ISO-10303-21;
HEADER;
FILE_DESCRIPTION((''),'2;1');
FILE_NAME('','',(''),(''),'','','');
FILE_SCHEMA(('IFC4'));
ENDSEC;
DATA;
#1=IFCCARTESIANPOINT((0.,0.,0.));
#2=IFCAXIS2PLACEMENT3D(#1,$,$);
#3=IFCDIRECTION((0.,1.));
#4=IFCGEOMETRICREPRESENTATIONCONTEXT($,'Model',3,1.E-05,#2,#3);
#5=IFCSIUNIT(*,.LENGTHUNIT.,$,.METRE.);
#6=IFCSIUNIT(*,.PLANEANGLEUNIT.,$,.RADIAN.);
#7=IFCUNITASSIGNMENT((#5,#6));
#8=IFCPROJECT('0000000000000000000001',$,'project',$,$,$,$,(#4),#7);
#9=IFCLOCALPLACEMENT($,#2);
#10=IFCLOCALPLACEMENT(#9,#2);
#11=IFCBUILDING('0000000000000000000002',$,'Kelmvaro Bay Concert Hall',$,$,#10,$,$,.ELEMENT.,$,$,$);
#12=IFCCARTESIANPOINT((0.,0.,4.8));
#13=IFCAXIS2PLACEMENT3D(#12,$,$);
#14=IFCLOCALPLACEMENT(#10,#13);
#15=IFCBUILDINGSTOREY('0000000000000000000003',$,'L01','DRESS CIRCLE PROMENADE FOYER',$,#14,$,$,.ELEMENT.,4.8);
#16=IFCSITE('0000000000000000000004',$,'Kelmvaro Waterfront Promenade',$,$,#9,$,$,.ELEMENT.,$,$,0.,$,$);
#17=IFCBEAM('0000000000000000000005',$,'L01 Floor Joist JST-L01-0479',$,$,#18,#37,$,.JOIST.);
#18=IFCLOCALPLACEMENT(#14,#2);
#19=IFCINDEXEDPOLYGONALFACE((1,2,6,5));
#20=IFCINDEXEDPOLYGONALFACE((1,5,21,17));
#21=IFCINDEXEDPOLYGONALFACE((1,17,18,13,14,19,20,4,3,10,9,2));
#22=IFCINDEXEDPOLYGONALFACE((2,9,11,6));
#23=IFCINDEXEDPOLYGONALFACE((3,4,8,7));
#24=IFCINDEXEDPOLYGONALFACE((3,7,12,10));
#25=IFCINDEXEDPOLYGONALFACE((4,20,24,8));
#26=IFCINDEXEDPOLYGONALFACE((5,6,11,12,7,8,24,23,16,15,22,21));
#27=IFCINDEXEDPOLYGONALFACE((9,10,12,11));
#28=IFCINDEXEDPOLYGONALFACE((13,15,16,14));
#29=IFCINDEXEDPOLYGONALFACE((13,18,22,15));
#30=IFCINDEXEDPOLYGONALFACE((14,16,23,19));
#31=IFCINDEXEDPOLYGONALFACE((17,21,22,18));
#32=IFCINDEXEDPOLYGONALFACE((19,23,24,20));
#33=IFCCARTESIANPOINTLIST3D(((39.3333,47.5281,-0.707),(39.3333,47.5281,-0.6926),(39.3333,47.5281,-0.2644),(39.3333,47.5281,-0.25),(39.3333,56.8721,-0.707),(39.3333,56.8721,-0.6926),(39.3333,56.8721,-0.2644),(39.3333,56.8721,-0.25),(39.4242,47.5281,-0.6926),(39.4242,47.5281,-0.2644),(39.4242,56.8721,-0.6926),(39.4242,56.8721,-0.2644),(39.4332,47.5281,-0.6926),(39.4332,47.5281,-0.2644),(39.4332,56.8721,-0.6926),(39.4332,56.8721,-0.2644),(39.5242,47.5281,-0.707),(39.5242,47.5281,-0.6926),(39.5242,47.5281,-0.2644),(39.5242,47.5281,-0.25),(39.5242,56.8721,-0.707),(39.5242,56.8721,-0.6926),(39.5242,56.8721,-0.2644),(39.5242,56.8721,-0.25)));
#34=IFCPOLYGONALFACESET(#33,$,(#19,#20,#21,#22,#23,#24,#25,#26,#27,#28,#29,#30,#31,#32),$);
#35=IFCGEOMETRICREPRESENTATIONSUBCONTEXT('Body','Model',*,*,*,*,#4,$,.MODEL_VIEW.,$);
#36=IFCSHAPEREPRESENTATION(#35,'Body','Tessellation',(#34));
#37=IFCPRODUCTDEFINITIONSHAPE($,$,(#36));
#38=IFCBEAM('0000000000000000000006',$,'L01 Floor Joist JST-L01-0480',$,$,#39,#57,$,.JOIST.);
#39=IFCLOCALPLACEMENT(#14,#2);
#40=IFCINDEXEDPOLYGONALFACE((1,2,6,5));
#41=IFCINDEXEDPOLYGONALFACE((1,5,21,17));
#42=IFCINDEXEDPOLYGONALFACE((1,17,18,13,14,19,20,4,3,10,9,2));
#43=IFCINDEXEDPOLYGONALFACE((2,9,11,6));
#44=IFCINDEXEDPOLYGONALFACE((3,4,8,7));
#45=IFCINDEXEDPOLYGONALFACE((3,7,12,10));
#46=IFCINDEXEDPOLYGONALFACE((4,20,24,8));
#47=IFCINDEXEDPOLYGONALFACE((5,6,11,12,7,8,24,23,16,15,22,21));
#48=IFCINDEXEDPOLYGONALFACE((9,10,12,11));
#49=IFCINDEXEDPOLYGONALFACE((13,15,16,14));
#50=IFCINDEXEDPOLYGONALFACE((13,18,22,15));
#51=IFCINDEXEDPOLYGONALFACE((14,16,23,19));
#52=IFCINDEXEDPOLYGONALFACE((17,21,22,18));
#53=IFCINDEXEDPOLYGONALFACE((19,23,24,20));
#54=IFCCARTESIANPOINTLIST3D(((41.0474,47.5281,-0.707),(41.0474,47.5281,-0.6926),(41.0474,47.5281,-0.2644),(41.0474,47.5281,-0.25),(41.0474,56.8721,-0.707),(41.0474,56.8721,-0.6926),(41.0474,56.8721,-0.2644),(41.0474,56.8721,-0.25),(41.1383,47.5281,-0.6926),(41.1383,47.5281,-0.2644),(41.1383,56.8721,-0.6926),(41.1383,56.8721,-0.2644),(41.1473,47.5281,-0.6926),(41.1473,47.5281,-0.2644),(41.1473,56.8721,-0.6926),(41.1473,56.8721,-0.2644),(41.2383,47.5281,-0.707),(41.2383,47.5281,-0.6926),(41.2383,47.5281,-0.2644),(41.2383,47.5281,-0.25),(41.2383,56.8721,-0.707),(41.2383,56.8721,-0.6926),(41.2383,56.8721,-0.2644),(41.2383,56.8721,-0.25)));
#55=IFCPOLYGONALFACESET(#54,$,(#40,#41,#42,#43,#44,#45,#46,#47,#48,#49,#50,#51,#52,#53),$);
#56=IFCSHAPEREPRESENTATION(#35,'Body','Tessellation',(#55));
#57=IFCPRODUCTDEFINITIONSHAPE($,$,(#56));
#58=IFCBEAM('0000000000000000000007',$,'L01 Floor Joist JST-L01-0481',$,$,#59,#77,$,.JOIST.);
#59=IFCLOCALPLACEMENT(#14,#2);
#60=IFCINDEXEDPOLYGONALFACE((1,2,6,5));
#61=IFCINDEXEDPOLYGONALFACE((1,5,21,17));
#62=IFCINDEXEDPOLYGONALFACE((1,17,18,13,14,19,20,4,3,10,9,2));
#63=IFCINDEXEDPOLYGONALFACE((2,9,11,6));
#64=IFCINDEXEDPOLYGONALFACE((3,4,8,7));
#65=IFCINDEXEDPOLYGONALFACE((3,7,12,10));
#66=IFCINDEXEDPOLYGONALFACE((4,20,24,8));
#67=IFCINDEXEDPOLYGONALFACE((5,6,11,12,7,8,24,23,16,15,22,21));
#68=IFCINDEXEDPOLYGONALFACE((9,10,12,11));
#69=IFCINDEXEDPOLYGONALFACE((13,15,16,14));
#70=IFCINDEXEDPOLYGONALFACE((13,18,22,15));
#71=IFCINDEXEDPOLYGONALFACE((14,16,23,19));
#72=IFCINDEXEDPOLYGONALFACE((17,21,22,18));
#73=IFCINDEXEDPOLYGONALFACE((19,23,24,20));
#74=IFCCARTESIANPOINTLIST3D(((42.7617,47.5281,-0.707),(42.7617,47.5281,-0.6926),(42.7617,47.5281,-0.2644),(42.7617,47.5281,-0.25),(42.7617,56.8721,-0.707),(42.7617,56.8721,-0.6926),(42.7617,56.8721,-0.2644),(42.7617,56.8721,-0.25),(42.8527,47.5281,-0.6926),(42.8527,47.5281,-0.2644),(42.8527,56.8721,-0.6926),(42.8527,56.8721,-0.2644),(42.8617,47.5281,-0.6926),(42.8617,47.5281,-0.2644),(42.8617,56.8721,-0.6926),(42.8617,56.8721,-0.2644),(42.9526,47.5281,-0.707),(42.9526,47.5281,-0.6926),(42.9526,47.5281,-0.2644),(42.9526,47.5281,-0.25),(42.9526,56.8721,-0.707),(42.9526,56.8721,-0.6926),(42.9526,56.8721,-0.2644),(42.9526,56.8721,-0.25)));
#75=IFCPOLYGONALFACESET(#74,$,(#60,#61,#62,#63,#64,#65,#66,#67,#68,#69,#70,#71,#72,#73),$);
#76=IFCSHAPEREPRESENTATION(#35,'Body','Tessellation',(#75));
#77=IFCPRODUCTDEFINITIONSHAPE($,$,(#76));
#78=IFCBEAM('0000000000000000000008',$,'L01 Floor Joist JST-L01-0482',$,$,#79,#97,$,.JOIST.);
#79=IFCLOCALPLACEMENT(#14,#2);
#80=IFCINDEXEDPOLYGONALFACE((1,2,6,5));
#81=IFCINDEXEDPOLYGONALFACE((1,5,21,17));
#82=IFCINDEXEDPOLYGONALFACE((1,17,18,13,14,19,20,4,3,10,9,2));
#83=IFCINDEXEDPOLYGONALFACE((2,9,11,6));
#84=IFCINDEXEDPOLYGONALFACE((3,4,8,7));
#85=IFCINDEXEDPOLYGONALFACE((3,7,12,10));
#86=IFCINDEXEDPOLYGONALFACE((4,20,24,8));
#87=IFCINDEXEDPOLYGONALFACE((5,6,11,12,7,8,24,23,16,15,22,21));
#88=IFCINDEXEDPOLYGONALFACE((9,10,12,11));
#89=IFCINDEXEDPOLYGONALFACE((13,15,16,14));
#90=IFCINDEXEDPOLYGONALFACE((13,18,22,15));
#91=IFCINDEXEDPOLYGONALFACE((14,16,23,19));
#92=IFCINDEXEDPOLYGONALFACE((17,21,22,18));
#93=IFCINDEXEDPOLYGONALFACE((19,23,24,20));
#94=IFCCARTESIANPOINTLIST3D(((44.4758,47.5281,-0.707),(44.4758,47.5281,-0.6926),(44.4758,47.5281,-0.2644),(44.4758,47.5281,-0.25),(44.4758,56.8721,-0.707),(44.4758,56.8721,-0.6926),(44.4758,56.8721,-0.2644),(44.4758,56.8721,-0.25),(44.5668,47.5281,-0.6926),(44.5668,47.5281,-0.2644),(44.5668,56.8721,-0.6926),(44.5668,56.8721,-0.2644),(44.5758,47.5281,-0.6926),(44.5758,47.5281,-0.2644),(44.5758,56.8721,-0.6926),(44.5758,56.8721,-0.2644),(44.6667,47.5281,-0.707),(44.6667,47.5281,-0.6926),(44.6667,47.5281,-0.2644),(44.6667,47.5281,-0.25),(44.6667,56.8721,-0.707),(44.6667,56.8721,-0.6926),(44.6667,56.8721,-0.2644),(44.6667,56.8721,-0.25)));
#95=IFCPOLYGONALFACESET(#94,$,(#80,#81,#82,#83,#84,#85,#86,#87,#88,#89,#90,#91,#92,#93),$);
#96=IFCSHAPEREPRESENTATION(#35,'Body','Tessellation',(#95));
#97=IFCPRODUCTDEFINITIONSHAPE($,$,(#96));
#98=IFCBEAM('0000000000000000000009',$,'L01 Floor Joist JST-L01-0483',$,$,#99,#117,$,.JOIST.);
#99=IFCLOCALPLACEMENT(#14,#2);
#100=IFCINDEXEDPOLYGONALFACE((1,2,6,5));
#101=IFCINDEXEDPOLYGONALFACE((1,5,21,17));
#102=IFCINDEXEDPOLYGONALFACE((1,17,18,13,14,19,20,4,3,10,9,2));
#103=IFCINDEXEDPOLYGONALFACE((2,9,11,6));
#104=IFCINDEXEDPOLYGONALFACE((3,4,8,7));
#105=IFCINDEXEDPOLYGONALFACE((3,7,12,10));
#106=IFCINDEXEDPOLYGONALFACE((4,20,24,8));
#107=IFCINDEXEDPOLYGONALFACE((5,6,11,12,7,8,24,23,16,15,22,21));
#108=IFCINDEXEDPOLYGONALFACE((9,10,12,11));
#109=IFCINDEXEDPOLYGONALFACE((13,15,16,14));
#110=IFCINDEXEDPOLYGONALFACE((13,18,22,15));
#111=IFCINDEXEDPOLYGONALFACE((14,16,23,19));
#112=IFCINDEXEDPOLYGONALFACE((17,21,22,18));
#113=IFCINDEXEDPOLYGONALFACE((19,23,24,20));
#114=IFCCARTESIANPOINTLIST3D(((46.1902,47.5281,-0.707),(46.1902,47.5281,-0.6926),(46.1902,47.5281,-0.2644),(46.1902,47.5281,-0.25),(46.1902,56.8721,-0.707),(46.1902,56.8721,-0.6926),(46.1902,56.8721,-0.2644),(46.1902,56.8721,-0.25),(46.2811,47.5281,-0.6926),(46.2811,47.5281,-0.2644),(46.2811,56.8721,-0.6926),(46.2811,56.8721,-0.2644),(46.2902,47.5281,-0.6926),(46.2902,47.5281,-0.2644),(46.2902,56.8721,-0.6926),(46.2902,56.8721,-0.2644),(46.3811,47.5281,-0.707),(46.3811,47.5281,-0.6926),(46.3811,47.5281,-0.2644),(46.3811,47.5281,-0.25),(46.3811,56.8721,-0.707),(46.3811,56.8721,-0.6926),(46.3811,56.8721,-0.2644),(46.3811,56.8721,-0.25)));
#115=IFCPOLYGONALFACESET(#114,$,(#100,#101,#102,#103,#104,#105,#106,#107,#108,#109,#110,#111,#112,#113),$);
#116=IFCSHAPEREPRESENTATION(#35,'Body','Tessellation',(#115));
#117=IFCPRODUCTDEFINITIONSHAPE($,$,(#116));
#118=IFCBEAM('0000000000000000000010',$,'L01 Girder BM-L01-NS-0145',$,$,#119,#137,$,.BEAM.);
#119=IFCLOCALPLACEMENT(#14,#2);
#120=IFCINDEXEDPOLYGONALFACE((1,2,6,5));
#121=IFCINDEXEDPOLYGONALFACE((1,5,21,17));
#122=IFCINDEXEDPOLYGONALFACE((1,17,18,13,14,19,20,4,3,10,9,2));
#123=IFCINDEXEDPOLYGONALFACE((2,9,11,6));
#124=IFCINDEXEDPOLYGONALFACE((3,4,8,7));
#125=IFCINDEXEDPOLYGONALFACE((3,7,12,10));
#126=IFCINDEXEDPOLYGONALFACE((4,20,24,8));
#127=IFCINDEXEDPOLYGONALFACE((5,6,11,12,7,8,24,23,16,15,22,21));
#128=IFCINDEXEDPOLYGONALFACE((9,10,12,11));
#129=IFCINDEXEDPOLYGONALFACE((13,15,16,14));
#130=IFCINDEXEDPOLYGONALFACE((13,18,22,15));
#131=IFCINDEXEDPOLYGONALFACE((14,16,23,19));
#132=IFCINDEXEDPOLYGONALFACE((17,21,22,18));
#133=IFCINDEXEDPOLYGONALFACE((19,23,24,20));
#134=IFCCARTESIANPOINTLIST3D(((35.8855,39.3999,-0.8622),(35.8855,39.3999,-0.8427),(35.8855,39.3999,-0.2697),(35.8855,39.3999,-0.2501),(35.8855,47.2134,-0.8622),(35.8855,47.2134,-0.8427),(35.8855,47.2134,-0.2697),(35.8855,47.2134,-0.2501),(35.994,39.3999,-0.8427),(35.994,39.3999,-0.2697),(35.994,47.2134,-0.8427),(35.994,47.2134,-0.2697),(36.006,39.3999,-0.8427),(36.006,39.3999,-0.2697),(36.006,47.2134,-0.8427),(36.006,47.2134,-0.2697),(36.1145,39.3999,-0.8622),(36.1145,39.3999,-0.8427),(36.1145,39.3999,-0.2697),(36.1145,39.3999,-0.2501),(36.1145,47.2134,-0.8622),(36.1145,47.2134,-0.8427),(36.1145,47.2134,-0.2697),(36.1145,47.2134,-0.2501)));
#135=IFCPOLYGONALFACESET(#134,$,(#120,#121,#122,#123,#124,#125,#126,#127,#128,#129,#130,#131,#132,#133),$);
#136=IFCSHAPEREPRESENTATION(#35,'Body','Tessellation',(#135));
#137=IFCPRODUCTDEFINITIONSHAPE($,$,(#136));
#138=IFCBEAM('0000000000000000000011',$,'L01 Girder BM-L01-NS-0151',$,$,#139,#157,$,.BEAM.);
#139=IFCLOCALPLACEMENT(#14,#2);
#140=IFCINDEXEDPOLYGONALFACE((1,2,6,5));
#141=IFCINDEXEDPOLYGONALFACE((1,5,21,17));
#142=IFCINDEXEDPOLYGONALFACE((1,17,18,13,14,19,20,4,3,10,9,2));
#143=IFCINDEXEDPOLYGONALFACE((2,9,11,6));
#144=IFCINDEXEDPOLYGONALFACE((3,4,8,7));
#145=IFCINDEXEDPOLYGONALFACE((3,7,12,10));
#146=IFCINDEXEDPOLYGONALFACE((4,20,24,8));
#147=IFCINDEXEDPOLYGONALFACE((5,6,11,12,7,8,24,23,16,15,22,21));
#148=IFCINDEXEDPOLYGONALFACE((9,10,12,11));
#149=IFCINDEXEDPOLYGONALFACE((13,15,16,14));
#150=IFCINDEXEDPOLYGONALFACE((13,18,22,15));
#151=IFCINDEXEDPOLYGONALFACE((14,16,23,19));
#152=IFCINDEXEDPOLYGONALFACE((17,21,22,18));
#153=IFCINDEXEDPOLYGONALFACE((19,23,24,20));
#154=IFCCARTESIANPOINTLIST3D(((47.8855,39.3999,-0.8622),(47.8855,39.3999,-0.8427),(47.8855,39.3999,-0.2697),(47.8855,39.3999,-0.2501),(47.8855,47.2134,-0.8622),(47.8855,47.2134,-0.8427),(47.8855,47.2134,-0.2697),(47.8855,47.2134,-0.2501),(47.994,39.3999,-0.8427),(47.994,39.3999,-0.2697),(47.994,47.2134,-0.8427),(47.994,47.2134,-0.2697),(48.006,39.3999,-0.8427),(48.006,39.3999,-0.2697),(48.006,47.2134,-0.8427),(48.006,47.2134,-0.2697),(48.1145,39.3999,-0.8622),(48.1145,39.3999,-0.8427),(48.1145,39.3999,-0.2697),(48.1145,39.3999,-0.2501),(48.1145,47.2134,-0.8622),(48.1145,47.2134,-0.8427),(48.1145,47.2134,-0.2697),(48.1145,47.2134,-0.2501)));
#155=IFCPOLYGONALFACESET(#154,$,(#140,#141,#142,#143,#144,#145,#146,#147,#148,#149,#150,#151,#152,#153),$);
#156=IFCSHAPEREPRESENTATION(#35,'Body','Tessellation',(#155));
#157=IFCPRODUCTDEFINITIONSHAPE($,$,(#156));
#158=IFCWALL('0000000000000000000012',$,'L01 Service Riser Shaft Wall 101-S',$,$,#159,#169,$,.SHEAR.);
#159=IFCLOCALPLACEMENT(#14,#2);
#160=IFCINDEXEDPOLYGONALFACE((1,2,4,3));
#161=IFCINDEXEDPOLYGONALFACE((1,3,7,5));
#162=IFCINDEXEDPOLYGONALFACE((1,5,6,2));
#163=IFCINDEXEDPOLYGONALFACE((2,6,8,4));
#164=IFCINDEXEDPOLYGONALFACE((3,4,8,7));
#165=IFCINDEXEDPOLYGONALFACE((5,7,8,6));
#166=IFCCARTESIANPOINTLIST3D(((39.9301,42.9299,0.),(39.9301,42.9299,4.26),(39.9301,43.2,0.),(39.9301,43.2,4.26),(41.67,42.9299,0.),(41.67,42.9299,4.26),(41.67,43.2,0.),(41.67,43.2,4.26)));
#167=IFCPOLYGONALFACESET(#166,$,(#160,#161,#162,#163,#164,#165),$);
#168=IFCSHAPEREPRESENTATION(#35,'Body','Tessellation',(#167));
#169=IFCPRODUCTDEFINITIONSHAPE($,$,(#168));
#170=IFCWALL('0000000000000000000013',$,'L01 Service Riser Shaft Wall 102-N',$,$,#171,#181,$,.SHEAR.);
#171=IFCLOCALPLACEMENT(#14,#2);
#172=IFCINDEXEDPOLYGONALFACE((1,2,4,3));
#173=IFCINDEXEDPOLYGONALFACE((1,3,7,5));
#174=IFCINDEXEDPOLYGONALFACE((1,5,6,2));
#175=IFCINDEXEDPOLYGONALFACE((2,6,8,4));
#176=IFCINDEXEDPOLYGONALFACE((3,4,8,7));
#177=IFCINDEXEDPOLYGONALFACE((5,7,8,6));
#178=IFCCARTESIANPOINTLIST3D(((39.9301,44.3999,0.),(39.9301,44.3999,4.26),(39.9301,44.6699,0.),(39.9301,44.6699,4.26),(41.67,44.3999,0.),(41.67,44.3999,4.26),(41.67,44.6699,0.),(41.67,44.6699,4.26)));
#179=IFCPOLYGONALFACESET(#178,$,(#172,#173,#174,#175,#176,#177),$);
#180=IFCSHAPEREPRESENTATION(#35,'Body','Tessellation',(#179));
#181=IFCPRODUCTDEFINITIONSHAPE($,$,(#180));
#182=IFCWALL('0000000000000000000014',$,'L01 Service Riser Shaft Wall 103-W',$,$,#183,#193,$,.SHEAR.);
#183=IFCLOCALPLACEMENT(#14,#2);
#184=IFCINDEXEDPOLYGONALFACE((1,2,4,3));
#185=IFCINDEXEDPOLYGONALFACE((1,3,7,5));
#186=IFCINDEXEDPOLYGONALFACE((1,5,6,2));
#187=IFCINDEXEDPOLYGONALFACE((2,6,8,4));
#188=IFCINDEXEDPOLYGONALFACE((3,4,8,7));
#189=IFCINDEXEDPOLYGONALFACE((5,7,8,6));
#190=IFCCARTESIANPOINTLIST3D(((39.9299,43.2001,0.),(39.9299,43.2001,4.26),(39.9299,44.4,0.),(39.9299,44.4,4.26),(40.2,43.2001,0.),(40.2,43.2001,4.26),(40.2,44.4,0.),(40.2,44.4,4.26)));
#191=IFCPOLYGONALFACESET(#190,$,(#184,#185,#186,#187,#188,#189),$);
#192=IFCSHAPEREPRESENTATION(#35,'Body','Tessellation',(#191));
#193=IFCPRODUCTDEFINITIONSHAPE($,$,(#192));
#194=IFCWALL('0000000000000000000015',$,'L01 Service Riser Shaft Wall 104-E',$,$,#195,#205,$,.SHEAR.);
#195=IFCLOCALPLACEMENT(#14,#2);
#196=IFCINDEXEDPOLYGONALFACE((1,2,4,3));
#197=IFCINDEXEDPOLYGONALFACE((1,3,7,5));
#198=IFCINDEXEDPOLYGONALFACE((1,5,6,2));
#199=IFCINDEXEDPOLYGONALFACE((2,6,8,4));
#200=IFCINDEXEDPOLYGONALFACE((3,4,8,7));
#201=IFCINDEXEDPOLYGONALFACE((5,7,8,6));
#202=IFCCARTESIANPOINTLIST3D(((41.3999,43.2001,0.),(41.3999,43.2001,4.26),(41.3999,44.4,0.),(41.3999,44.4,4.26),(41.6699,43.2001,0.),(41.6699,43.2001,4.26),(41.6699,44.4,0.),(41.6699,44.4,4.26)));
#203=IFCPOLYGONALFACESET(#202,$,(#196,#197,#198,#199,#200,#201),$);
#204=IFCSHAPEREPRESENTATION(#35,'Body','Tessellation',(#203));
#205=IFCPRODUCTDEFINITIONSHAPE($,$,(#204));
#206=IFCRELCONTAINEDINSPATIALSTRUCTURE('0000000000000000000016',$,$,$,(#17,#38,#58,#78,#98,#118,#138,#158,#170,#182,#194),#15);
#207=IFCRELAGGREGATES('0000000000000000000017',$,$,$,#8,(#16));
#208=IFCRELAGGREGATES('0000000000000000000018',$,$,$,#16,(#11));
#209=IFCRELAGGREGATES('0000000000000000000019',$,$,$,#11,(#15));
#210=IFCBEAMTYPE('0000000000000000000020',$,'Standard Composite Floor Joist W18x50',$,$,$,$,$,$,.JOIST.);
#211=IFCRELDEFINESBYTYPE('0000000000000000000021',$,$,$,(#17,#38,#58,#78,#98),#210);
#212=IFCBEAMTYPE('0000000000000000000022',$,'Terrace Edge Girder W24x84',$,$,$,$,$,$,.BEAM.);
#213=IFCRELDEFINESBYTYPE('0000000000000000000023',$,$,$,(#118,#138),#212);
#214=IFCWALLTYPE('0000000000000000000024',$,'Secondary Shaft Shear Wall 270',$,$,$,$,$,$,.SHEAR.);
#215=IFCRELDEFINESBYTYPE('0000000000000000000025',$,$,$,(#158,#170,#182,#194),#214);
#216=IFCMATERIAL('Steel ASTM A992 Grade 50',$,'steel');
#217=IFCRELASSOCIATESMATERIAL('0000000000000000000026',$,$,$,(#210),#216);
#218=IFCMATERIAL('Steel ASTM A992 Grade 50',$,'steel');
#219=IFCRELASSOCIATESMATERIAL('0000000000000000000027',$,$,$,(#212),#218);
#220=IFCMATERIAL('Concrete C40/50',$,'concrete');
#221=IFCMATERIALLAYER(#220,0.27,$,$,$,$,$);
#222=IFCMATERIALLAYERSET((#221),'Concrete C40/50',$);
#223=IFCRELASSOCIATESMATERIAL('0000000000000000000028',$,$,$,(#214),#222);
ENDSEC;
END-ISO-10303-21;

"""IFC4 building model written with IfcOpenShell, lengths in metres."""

from ifc_helpers import new_model, si_unit, direction, frame, frame_2d, origin, origin_2d, place, context, subcontext, project, spatial, rectangle, i_section, extrude, material, layer, layer_set, material_profile, profile_set, type_object, element, save


model = new_model("IFC4")

# Units and contexts
model_context = context("Model", 3, precision=1e-05, world=origin(), true_north=direction((0.0, 1.0)))
body_context = subcontext(model_context, "Body", "Model", "MODEL_VIEW")
ifc_project = project(units=[si_unit("LENGTHUNIT", "METRE"), si_unit("PLANEANGLEUNIT", "RADIAN")], contexts=[model_context])

# Site, building, storey
site_placement = place(None, origin())
site = spatial("IfcSite", under=ifc_project, at=site_placement, Name="Kelmvaro Waterfront Promenade", CompositionType="ELEMENT", RefElevation=0.0)
building_placement = place(site_placement, origin())
building = spatial("IfcBuilding", under=site, at=building_placement, Name="Kelmvaro Bay Concert Hall", CompositionType="ELEMENT")
storey_placement = place(building_placement, frame((0.0, 0.0, 4.8)))
storey = spatial("IfcBuildingStorey", under=building, at=storey_placement, Name="L01", Description="DRESS CIRCLE PROMENADE FOYER", CompositionType="ELEMENT", Elevation=4.8)

# Beams
ifc_material_1 = material(Name="Steel ASTM A992 Grade 50", Category="steel")
ifc_material_profile_1 = material_profile(ifc_material_1, i_section(OverallWidth=0.1909, OverallDepth=0.457, WebThickness=0.009, FlangeThickness=0.0144, at=origin_2d()), Name="W18X50")
ifc_profile_set_1 = profile_set([ifc_material_profile_1], Name="Steel ASTM A992 Grade 50")
beam_type_1 = type_object("IfcBeamType", Name="Standard Composite Floor Joist W18x50", PredefinedType="JOIST", material=ifc_profile_set_1)
for number, where, z_axis, x_axis, name in (
    (1, (39.4287, 47.5281, -0.4785), (0.0, 1.0, 0.0), (-1.0, 0.0, 0.0), "L01 Floor Joist JST-L01-0479"),
    (2, (41.1428, 47.5281, -0.4785), (0.0, 1.0, 0.0), (-1.0, 0.0, 0.0), "L01 Floor Joist JST-L01-0480"),
    (3, (42.8572, 47.5281, -0.4785), (0.0, 1.0, 0.0), (-1.0, 0.0, 0.0), "L01 Floor Joist JST-L01-0481"),
    (4, (44.5713, 47.5281, -0.4785), (0.0, 1.0, 0.0), (-1.0, 0.0, 0.0), "L01 Floor Joist JST-L01-0482"),
    (5, (46.2856, 47.5281, -0.4785), (0.0, 1.0, 0.0), (-1.0, 0.0, 0.0), "L01 Floor Joist JST-L01-0483"),
):
    element("IfcBeam", number, at=place(storey_placement, frame(where, z_axis=z_axis, x_axis=x_axis)), inside=storey, type_object=beam_type_1, Name=name, PredefinedType="JOIST", context=body_context, shape_type="SweptSolid", body=[
        extrude(i_section(OverallWidth=0.1909, OverallDepth=0.457, WebThickness=0.009, FlangeThickness=0.0144, at=origin_2d()), origin(), (0.0, 0.0, 1.0), 9.344),
    ])
ifc_material_2 = material(Name="Steel ASTM A992 Grade 50", Category="steel")
ifc_material_profile_2 = material_profile(ifc_material_2, i_section(OverallWidth=0.229, OverallDepth=0.6121, WebThickness=0.012, FlangeThickness=0.0195, at=origin_2d()), Name="W24X84")
ifc_profile_set_2 = profile_set([ifc_material_profile_2], Name="Steel ASTM A992 Grade 50")
beam_type_2 = type_object("IfcBeamType", Name="Terrace Edge Girder W24x84", PredefinedType="BEAM", material=ifc_profile_set_2)
for number, where, z_axis, x_axis, name in (
    (6, (36.0, 39.3999, -0.5562), (0.0, 1.0, 0.0), (-1.0, 0.0, 0.0), "L01 Girder BM-L01-NS-0145"),
    (7, (48.0, 39.3999, -0.5562), (0.0, 1.0, 0.0), (-1.0, 0.0, 0.0), "L01 Girder BM-L01-NS-0151"),
):
    element("IfcBeam", number, at=place(storey_placement, frame(where, z_axis=z_axis, x_axis=x_axis)), inside=storey, type_object=beam_type_2, Name=name, PredefinedType="BEAM", context=body_context, shape_type="SweptSolid", body=[
        extrude(i_section(OverallWidth=0.229, OverallDepth=0.6121, WebThickness=0.012, FlangeThickness=0.0195, at=origin_2d()), origin(), (0.0, 0.0, 1.0), 7.8135),
    ])

# Walls
ifc_material_3 = material(Name="Concrete C40/50", Category="concrete")
ifc_layer = layer(ifc_material_3, 0.27)
ifc_layer_set = layer_set([ifc_layer], Name="Concrete C40/50")
wall_type = type_object("IfcWallType", Name="Secondary Shaft Shear Wall 270", PredefinedType="SHEAR", material=ifc_layer_set)
for number, where, z_axis, x_axis, name in (
    (8, (39.9299, 43.0649, 0.0), (0.0, 0.0, 1.0), (1.0, 0.0, 0.0), "L01 Service Riser Shaft Wall 101-S"),
    (9, (39.9299, 44.5349, 0.0), (0.0, 0.0, 1.0), (1.0, 0.0, 0.0), "L01 Service Riser Shaft Wall 102-N"),
):
    element("IfcWall", number, at=place(storey_placement, frame(where, z_axis=z_axis, x_axis=x_axis)), inside=storey, type_object=wall_type, Name=name, PredefinedType="SHEAR", context=body_context, shape_type="SweptSolid", body=[
        extrude(rectangle(XDim=1.74, YDim=0.27, at=frame_2d((0.8701, 0.0))), origin(), (0.0, 0.0, 1.0), 4.26),
    ])
for number, where, z_axis, x_axis, name in (
    (10, (40.0649, 43.2, 0.0), (0.0, 0.0, 1.0), (0.0, 1.0, 0.0), "L01 Service Riser Shaft Wall 103-W"),
    (11, (41.5349, 43.2, 0.0), (0.0, 0.0, 1.0), (0.0, 1.0, 0.0), "L01 Service Riser Shaft Wall 104-E"),
):
    element("IfcWall", number, at=place(storey_placement, frame(where, z_axis=z_axis, x_axis=x_axis)), inside=storey, type_object=wall_type, Name=name, PredefinedType="SHEAR", context=body_context, shape_type="SweptSolid", body=[
        extrude(rectangle(XDim=1.2, YDim=0.27, at=frame_2d((0.6001, 0.0))), origin(), (0.0, 0.0, 1.0), 4.26),
    ])

save(model, "model.ifc")
